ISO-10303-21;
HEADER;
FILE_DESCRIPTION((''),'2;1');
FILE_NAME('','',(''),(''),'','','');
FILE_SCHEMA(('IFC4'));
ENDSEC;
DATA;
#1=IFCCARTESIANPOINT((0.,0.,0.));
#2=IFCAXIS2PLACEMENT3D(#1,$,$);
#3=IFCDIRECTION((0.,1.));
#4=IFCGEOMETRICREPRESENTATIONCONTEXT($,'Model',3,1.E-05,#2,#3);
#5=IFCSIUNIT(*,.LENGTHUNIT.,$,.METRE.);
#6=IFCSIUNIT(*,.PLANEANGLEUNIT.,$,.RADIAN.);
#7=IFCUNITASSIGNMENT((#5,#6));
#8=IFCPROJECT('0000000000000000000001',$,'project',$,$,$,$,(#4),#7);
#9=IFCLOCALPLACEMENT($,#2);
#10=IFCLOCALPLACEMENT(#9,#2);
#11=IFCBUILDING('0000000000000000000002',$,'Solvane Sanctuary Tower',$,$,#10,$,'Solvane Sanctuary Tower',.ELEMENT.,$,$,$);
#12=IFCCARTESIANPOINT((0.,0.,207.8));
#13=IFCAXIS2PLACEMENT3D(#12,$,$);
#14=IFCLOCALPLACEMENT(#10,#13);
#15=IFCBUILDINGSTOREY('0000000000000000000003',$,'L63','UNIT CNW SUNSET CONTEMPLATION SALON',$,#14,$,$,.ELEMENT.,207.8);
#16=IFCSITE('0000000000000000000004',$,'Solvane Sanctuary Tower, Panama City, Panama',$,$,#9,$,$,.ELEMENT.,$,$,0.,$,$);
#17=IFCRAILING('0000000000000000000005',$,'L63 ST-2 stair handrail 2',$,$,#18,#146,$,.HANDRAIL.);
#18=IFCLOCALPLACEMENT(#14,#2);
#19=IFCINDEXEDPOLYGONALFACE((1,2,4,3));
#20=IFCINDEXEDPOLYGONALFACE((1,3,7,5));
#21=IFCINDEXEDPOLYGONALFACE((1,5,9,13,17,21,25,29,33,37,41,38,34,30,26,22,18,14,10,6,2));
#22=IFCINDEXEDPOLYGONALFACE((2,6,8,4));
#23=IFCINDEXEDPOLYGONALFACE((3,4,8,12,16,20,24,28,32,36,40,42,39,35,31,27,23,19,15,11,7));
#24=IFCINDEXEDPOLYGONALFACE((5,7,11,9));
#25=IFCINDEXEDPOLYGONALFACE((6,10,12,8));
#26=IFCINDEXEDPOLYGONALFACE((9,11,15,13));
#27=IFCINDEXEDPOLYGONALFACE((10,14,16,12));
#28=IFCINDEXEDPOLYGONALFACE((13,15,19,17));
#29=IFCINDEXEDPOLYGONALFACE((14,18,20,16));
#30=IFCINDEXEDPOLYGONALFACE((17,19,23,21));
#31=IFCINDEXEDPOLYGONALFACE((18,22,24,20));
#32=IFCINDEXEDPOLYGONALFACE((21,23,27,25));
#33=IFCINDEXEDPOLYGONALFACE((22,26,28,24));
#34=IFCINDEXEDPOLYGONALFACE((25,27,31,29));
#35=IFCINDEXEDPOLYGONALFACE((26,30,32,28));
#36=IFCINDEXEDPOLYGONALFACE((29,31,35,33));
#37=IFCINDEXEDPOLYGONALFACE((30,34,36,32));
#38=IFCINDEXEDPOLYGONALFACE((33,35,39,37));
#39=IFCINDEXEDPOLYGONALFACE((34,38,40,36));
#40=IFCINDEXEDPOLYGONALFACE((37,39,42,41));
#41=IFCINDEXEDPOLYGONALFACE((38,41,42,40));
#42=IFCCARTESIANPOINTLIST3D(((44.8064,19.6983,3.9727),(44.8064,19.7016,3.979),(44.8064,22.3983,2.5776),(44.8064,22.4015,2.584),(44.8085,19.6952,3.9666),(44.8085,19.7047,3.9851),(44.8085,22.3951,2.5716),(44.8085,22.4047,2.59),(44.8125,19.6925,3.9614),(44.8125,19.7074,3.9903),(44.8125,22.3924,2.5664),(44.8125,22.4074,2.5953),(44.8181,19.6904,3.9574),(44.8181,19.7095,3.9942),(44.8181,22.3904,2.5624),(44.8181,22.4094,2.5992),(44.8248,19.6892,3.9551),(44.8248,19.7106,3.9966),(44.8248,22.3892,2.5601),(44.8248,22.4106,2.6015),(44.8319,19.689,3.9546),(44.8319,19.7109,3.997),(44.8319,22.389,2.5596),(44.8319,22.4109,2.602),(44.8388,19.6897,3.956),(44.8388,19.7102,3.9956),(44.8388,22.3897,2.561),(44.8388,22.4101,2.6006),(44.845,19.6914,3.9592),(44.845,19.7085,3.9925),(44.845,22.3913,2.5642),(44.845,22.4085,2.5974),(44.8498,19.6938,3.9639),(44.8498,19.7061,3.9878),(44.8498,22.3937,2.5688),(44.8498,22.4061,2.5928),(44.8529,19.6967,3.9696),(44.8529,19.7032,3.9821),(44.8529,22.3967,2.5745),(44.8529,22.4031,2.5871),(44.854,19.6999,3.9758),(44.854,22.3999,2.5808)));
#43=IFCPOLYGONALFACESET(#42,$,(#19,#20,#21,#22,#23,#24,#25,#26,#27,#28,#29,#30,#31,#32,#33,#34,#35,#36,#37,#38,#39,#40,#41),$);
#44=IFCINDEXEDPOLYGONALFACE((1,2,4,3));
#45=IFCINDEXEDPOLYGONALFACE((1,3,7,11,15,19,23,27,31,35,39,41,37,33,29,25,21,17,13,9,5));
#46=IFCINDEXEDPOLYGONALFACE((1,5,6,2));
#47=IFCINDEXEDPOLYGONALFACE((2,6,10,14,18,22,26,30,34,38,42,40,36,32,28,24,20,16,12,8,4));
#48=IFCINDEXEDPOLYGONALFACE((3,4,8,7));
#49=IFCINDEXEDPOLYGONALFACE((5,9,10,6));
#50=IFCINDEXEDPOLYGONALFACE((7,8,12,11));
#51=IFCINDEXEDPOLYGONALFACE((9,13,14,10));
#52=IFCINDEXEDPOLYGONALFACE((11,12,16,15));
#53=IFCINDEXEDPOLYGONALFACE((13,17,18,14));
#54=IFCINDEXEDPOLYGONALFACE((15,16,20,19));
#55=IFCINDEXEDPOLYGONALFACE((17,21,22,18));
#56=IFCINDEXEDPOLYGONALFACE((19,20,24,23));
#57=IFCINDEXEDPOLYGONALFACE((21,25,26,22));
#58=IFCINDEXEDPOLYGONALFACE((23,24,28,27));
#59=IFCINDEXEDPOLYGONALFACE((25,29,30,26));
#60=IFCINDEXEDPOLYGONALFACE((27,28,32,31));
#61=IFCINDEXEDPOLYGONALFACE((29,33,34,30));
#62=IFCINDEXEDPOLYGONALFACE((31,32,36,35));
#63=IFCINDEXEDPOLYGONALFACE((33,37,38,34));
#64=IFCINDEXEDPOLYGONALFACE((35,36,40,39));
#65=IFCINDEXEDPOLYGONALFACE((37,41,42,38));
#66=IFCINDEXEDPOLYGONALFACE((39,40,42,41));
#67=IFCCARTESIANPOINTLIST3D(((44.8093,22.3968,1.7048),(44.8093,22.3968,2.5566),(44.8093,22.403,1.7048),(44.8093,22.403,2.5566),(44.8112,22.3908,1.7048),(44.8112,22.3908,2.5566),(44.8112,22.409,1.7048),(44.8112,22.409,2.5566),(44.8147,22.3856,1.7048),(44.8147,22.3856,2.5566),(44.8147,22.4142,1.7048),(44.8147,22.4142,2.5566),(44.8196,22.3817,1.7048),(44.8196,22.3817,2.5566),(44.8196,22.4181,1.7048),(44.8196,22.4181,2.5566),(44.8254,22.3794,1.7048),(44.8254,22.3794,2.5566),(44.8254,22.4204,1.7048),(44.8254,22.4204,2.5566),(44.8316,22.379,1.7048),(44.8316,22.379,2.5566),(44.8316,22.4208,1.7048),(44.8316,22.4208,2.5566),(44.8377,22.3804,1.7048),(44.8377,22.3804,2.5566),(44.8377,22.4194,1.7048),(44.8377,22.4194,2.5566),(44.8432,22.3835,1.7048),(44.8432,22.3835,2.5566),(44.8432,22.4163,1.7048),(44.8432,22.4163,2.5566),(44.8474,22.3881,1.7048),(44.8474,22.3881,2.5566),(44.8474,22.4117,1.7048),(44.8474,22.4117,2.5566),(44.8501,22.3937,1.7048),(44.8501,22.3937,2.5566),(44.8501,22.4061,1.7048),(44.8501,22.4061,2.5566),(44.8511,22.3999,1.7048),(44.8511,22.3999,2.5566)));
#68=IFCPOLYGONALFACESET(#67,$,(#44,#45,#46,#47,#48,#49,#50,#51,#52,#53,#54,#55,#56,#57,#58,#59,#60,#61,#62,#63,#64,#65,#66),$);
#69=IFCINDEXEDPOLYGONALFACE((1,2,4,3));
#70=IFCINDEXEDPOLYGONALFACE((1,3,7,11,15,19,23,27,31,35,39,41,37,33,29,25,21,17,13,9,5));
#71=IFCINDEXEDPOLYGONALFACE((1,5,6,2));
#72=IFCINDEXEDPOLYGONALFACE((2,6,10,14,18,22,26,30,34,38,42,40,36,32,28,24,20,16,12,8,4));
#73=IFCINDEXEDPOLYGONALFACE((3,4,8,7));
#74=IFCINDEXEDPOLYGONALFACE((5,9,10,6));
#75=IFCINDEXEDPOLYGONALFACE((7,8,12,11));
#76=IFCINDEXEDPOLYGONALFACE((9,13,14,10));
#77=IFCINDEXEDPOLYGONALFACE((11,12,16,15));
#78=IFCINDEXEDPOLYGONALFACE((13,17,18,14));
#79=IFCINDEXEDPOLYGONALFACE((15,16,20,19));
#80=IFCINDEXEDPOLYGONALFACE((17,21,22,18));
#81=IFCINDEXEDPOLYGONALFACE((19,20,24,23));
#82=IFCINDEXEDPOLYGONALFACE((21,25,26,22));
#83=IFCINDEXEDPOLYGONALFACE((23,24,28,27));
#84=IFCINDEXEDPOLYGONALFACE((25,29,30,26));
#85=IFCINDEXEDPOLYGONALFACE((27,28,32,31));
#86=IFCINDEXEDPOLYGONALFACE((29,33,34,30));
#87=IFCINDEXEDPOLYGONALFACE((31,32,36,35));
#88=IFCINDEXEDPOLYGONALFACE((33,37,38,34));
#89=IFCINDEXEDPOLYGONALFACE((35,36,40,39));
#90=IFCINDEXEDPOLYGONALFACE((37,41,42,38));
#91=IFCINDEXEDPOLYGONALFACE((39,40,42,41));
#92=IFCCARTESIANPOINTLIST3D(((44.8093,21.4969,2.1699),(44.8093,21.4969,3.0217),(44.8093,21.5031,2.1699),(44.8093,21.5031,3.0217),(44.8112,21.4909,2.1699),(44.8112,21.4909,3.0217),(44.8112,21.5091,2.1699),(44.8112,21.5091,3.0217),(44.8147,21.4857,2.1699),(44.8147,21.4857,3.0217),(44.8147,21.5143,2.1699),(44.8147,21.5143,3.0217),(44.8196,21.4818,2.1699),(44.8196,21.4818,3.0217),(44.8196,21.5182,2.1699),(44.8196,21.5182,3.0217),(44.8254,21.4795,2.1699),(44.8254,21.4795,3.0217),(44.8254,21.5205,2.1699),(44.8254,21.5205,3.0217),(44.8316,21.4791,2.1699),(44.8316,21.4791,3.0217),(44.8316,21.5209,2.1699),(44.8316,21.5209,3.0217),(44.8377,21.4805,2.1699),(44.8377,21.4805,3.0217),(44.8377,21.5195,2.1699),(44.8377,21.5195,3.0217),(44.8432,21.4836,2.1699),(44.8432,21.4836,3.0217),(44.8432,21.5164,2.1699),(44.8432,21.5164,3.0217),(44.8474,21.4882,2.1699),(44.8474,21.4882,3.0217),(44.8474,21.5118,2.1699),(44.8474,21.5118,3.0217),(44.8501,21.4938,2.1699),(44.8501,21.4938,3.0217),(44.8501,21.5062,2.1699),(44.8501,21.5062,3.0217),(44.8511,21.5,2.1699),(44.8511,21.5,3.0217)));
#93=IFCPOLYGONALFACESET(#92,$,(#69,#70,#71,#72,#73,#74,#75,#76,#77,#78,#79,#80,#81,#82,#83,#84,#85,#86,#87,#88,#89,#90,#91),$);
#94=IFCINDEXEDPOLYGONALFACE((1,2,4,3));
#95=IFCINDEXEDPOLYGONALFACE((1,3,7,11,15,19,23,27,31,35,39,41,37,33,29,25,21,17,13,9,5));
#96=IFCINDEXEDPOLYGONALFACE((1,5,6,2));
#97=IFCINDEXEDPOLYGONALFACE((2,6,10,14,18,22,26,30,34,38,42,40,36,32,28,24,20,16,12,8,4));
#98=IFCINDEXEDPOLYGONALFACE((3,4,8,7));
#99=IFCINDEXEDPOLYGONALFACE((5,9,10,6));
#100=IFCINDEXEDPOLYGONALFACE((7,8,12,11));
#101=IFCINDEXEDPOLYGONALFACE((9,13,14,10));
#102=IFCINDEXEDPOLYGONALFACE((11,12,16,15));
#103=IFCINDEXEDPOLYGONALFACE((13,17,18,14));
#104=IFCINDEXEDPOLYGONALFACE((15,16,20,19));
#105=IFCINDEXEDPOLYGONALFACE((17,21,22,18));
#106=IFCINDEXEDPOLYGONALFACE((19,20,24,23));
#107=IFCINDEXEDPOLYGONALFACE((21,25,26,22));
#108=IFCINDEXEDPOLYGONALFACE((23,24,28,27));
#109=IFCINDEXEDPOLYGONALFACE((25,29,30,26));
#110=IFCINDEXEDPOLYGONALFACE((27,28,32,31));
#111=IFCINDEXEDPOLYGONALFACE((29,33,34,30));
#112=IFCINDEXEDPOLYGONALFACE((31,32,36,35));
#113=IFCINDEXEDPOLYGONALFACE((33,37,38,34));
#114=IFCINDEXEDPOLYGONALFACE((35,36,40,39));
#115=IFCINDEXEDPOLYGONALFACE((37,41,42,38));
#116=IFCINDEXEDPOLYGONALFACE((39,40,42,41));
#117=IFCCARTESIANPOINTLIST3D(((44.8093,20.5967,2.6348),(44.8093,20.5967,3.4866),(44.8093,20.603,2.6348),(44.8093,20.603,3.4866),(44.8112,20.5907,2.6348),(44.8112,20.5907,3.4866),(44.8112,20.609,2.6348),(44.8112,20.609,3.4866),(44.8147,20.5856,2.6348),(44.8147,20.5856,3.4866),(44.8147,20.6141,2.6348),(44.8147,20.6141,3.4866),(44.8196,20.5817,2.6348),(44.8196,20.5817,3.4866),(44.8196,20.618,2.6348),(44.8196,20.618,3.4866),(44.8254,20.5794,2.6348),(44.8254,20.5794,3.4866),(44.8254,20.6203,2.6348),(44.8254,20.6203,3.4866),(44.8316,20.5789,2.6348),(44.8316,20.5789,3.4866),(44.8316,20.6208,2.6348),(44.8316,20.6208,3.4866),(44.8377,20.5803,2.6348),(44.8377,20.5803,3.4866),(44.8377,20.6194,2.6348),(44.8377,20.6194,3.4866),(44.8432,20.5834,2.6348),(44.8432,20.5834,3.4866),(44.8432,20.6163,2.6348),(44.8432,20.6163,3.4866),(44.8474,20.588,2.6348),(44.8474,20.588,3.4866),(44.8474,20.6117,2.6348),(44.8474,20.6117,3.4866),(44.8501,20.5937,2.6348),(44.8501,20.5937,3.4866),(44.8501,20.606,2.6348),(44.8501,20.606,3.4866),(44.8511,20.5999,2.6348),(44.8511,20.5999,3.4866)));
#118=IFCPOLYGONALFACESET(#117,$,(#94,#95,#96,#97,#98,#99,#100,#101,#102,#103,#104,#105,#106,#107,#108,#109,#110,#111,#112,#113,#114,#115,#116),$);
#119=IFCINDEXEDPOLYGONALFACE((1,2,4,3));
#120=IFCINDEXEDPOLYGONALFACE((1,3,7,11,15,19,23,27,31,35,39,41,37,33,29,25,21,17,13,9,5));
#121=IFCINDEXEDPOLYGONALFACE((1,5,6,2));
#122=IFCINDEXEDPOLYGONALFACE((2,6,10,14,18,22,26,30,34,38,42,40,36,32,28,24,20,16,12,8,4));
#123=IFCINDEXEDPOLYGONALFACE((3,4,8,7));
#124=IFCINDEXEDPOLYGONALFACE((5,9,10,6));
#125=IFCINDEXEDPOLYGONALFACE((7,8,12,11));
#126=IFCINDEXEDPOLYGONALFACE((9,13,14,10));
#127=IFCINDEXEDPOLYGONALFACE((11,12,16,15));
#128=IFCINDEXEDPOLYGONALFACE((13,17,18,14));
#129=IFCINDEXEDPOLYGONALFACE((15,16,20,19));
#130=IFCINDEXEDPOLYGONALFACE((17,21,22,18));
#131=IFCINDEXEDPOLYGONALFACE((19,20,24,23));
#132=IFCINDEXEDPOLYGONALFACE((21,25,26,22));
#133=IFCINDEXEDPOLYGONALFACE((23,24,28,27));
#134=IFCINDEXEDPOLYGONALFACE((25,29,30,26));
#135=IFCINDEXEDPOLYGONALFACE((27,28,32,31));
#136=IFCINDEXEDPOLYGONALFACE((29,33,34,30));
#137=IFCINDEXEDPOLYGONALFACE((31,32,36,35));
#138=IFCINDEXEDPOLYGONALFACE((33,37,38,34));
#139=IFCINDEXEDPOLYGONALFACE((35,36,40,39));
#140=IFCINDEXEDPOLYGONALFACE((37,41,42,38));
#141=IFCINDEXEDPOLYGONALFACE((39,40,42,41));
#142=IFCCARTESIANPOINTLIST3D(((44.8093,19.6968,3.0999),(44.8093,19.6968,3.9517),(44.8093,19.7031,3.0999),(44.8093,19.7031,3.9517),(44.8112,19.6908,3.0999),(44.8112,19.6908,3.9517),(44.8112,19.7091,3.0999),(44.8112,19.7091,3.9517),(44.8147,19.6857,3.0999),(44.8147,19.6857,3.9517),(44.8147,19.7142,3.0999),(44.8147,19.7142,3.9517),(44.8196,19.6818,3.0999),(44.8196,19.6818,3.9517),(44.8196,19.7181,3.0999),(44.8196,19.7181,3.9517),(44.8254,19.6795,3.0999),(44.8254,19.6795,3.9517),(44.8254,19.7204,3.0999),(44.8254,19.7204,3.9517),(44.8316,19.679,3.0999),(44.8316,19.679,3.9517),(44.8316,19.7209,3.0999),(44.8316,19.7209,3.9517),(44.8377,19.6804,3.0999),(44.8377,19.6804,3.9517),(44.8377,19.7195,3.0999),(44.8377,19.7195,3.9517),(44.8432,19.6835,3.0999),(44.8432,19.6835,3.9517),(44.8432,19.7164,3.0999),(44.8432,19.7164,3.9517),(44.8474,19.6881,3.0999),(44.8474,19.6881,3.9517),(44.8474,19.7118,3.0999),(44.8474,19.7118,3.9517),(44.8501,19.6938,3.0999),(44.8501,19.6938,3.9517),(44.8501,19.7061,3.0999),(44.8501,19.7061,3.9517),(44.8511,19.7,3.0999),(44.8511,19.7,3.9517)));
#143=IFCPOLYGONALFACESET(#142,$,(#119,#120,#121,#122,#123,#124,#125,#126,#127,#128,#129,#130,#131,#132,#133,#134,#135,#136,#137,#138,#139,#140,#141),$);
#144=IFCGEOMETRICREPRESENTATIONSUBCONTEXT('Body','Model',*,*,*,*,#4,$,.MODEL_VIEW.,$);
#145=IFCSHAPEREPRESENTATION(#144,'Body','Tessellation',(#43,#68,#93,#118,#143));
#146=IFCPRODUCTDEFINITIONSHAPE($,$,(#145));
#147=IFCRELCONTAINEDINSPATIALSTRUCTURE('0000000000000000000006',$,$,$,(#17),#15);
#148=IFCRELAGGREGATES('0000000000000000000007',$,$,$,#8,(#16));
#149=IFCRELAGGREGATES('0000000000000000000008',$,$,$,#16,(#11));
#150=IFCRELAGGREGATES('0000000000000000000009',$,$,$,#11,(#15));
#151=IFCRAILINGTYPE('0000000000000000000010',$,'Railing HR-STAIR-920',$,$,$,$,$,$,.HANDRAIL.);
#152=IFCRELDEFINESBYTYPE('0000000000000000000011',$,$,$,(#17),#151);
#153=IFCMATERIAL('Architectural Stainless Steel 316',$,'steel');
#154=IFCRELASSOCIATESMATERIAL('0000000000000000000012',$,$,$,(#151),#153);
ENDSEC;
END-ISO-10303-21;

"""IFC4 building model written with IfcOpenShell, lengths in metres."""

from ifc_helpers import new_model, si_unit, direction, frame, origin, origin_2d, place, context, subcontext, project, spatial, circle, extrude, material, type_object, element, save


model = new_model("IFC4")

# Units and contexts
model_context = context("Model", 3, precision=1e-05, world=origin(), true_north=direction((0.0, 1.0)))
body_context = subcontext(model_context, "Body", "Model", "MODEL_VIEW")
ifc_project = project(units=[si_unit("LENGTHUNIT", "METRE"), si_unit("PLANEANGLEUNIT", "RADIAN")], contexts=[model_context])

# Site, building, storey
site_placement = place(None, origin())
site = spatial("IfcSite", under=ifc_project, at=site_placement, Name="Solvane Sanctuary Tower, Panama City, Panama", CompositionType="ELEMENT", RefElevation=0.0)
building_placement = place(site_placement, origin())
building = spatial("IfcBuilding", under=site, at=building_placement, Name="Solvane Sanctuary Tower", LongName="Solvane Sanctuary Tower", CompositionType="ELEMENT")
storey_placement = place(building_placement, frame((0.0, 0.0, 207.8)))
storey = spatial("IfcBuildingStorey", under=building, at=storey_placement, Name="L63", Description="UNIT CNW SUNSET CONTEMPLATION SALON", CompositionType="ELEMENT", Elevation=207.8)

# Shared definitions
ifc_material_1 = material(Name="Architectural Stainless Steel 316", Category="steel")

# Railing
railing_type_1 = type_object("IfcRailingType", Name="Railing HR-STAIR-920", PredefinedType="HANDRAIL", material=ifc_material_1)
railing_1_placement = place(storey_placement, frame((44.8301, 22.3999, 1.7048)))
element("IfcRailing", 1, at=railing_1_placement, inside=storey, type_object=railing_type_1, Name="L63 ST-2 stair handrail 2", PredefinedType="HANDRAIL", context=body_context, shape_type="SweptSolid", body=[
    extrude(circle(Radius=0.0239, at=origin_2d()), frame((0.0, 0.0, 0.876), z_axis=(0.0, -0.88842, 0.459032), x_axis=(1.0, 0.0, 0.0)), (0.0, 0.0, 1.0), 3.0391),
    extrude(circle(Radius=0.021, at=origin_2d()), origin(), (0.0, 0.0, 1.0), 0.8518),
    extrude(circle(Radius=0.021, at=origin_2d()), frame((0.0, -0.8999, 0.4651)), (0.0, 0.0, 1.0), 0.8518),
    extrude(circle(Radius=0.021, at=origin_2d()), frame((0.0, -1.8, 0.9299)), (0.0, 0.0, 1.0), 0.8518),
    extrude(circle(Radius=0.021, at=origin_2d()), frame((0.0, -2.7, 1.395)), (0.0, 0.0, 1.0), 0.8518),
])

save(model, "model.ifc")
